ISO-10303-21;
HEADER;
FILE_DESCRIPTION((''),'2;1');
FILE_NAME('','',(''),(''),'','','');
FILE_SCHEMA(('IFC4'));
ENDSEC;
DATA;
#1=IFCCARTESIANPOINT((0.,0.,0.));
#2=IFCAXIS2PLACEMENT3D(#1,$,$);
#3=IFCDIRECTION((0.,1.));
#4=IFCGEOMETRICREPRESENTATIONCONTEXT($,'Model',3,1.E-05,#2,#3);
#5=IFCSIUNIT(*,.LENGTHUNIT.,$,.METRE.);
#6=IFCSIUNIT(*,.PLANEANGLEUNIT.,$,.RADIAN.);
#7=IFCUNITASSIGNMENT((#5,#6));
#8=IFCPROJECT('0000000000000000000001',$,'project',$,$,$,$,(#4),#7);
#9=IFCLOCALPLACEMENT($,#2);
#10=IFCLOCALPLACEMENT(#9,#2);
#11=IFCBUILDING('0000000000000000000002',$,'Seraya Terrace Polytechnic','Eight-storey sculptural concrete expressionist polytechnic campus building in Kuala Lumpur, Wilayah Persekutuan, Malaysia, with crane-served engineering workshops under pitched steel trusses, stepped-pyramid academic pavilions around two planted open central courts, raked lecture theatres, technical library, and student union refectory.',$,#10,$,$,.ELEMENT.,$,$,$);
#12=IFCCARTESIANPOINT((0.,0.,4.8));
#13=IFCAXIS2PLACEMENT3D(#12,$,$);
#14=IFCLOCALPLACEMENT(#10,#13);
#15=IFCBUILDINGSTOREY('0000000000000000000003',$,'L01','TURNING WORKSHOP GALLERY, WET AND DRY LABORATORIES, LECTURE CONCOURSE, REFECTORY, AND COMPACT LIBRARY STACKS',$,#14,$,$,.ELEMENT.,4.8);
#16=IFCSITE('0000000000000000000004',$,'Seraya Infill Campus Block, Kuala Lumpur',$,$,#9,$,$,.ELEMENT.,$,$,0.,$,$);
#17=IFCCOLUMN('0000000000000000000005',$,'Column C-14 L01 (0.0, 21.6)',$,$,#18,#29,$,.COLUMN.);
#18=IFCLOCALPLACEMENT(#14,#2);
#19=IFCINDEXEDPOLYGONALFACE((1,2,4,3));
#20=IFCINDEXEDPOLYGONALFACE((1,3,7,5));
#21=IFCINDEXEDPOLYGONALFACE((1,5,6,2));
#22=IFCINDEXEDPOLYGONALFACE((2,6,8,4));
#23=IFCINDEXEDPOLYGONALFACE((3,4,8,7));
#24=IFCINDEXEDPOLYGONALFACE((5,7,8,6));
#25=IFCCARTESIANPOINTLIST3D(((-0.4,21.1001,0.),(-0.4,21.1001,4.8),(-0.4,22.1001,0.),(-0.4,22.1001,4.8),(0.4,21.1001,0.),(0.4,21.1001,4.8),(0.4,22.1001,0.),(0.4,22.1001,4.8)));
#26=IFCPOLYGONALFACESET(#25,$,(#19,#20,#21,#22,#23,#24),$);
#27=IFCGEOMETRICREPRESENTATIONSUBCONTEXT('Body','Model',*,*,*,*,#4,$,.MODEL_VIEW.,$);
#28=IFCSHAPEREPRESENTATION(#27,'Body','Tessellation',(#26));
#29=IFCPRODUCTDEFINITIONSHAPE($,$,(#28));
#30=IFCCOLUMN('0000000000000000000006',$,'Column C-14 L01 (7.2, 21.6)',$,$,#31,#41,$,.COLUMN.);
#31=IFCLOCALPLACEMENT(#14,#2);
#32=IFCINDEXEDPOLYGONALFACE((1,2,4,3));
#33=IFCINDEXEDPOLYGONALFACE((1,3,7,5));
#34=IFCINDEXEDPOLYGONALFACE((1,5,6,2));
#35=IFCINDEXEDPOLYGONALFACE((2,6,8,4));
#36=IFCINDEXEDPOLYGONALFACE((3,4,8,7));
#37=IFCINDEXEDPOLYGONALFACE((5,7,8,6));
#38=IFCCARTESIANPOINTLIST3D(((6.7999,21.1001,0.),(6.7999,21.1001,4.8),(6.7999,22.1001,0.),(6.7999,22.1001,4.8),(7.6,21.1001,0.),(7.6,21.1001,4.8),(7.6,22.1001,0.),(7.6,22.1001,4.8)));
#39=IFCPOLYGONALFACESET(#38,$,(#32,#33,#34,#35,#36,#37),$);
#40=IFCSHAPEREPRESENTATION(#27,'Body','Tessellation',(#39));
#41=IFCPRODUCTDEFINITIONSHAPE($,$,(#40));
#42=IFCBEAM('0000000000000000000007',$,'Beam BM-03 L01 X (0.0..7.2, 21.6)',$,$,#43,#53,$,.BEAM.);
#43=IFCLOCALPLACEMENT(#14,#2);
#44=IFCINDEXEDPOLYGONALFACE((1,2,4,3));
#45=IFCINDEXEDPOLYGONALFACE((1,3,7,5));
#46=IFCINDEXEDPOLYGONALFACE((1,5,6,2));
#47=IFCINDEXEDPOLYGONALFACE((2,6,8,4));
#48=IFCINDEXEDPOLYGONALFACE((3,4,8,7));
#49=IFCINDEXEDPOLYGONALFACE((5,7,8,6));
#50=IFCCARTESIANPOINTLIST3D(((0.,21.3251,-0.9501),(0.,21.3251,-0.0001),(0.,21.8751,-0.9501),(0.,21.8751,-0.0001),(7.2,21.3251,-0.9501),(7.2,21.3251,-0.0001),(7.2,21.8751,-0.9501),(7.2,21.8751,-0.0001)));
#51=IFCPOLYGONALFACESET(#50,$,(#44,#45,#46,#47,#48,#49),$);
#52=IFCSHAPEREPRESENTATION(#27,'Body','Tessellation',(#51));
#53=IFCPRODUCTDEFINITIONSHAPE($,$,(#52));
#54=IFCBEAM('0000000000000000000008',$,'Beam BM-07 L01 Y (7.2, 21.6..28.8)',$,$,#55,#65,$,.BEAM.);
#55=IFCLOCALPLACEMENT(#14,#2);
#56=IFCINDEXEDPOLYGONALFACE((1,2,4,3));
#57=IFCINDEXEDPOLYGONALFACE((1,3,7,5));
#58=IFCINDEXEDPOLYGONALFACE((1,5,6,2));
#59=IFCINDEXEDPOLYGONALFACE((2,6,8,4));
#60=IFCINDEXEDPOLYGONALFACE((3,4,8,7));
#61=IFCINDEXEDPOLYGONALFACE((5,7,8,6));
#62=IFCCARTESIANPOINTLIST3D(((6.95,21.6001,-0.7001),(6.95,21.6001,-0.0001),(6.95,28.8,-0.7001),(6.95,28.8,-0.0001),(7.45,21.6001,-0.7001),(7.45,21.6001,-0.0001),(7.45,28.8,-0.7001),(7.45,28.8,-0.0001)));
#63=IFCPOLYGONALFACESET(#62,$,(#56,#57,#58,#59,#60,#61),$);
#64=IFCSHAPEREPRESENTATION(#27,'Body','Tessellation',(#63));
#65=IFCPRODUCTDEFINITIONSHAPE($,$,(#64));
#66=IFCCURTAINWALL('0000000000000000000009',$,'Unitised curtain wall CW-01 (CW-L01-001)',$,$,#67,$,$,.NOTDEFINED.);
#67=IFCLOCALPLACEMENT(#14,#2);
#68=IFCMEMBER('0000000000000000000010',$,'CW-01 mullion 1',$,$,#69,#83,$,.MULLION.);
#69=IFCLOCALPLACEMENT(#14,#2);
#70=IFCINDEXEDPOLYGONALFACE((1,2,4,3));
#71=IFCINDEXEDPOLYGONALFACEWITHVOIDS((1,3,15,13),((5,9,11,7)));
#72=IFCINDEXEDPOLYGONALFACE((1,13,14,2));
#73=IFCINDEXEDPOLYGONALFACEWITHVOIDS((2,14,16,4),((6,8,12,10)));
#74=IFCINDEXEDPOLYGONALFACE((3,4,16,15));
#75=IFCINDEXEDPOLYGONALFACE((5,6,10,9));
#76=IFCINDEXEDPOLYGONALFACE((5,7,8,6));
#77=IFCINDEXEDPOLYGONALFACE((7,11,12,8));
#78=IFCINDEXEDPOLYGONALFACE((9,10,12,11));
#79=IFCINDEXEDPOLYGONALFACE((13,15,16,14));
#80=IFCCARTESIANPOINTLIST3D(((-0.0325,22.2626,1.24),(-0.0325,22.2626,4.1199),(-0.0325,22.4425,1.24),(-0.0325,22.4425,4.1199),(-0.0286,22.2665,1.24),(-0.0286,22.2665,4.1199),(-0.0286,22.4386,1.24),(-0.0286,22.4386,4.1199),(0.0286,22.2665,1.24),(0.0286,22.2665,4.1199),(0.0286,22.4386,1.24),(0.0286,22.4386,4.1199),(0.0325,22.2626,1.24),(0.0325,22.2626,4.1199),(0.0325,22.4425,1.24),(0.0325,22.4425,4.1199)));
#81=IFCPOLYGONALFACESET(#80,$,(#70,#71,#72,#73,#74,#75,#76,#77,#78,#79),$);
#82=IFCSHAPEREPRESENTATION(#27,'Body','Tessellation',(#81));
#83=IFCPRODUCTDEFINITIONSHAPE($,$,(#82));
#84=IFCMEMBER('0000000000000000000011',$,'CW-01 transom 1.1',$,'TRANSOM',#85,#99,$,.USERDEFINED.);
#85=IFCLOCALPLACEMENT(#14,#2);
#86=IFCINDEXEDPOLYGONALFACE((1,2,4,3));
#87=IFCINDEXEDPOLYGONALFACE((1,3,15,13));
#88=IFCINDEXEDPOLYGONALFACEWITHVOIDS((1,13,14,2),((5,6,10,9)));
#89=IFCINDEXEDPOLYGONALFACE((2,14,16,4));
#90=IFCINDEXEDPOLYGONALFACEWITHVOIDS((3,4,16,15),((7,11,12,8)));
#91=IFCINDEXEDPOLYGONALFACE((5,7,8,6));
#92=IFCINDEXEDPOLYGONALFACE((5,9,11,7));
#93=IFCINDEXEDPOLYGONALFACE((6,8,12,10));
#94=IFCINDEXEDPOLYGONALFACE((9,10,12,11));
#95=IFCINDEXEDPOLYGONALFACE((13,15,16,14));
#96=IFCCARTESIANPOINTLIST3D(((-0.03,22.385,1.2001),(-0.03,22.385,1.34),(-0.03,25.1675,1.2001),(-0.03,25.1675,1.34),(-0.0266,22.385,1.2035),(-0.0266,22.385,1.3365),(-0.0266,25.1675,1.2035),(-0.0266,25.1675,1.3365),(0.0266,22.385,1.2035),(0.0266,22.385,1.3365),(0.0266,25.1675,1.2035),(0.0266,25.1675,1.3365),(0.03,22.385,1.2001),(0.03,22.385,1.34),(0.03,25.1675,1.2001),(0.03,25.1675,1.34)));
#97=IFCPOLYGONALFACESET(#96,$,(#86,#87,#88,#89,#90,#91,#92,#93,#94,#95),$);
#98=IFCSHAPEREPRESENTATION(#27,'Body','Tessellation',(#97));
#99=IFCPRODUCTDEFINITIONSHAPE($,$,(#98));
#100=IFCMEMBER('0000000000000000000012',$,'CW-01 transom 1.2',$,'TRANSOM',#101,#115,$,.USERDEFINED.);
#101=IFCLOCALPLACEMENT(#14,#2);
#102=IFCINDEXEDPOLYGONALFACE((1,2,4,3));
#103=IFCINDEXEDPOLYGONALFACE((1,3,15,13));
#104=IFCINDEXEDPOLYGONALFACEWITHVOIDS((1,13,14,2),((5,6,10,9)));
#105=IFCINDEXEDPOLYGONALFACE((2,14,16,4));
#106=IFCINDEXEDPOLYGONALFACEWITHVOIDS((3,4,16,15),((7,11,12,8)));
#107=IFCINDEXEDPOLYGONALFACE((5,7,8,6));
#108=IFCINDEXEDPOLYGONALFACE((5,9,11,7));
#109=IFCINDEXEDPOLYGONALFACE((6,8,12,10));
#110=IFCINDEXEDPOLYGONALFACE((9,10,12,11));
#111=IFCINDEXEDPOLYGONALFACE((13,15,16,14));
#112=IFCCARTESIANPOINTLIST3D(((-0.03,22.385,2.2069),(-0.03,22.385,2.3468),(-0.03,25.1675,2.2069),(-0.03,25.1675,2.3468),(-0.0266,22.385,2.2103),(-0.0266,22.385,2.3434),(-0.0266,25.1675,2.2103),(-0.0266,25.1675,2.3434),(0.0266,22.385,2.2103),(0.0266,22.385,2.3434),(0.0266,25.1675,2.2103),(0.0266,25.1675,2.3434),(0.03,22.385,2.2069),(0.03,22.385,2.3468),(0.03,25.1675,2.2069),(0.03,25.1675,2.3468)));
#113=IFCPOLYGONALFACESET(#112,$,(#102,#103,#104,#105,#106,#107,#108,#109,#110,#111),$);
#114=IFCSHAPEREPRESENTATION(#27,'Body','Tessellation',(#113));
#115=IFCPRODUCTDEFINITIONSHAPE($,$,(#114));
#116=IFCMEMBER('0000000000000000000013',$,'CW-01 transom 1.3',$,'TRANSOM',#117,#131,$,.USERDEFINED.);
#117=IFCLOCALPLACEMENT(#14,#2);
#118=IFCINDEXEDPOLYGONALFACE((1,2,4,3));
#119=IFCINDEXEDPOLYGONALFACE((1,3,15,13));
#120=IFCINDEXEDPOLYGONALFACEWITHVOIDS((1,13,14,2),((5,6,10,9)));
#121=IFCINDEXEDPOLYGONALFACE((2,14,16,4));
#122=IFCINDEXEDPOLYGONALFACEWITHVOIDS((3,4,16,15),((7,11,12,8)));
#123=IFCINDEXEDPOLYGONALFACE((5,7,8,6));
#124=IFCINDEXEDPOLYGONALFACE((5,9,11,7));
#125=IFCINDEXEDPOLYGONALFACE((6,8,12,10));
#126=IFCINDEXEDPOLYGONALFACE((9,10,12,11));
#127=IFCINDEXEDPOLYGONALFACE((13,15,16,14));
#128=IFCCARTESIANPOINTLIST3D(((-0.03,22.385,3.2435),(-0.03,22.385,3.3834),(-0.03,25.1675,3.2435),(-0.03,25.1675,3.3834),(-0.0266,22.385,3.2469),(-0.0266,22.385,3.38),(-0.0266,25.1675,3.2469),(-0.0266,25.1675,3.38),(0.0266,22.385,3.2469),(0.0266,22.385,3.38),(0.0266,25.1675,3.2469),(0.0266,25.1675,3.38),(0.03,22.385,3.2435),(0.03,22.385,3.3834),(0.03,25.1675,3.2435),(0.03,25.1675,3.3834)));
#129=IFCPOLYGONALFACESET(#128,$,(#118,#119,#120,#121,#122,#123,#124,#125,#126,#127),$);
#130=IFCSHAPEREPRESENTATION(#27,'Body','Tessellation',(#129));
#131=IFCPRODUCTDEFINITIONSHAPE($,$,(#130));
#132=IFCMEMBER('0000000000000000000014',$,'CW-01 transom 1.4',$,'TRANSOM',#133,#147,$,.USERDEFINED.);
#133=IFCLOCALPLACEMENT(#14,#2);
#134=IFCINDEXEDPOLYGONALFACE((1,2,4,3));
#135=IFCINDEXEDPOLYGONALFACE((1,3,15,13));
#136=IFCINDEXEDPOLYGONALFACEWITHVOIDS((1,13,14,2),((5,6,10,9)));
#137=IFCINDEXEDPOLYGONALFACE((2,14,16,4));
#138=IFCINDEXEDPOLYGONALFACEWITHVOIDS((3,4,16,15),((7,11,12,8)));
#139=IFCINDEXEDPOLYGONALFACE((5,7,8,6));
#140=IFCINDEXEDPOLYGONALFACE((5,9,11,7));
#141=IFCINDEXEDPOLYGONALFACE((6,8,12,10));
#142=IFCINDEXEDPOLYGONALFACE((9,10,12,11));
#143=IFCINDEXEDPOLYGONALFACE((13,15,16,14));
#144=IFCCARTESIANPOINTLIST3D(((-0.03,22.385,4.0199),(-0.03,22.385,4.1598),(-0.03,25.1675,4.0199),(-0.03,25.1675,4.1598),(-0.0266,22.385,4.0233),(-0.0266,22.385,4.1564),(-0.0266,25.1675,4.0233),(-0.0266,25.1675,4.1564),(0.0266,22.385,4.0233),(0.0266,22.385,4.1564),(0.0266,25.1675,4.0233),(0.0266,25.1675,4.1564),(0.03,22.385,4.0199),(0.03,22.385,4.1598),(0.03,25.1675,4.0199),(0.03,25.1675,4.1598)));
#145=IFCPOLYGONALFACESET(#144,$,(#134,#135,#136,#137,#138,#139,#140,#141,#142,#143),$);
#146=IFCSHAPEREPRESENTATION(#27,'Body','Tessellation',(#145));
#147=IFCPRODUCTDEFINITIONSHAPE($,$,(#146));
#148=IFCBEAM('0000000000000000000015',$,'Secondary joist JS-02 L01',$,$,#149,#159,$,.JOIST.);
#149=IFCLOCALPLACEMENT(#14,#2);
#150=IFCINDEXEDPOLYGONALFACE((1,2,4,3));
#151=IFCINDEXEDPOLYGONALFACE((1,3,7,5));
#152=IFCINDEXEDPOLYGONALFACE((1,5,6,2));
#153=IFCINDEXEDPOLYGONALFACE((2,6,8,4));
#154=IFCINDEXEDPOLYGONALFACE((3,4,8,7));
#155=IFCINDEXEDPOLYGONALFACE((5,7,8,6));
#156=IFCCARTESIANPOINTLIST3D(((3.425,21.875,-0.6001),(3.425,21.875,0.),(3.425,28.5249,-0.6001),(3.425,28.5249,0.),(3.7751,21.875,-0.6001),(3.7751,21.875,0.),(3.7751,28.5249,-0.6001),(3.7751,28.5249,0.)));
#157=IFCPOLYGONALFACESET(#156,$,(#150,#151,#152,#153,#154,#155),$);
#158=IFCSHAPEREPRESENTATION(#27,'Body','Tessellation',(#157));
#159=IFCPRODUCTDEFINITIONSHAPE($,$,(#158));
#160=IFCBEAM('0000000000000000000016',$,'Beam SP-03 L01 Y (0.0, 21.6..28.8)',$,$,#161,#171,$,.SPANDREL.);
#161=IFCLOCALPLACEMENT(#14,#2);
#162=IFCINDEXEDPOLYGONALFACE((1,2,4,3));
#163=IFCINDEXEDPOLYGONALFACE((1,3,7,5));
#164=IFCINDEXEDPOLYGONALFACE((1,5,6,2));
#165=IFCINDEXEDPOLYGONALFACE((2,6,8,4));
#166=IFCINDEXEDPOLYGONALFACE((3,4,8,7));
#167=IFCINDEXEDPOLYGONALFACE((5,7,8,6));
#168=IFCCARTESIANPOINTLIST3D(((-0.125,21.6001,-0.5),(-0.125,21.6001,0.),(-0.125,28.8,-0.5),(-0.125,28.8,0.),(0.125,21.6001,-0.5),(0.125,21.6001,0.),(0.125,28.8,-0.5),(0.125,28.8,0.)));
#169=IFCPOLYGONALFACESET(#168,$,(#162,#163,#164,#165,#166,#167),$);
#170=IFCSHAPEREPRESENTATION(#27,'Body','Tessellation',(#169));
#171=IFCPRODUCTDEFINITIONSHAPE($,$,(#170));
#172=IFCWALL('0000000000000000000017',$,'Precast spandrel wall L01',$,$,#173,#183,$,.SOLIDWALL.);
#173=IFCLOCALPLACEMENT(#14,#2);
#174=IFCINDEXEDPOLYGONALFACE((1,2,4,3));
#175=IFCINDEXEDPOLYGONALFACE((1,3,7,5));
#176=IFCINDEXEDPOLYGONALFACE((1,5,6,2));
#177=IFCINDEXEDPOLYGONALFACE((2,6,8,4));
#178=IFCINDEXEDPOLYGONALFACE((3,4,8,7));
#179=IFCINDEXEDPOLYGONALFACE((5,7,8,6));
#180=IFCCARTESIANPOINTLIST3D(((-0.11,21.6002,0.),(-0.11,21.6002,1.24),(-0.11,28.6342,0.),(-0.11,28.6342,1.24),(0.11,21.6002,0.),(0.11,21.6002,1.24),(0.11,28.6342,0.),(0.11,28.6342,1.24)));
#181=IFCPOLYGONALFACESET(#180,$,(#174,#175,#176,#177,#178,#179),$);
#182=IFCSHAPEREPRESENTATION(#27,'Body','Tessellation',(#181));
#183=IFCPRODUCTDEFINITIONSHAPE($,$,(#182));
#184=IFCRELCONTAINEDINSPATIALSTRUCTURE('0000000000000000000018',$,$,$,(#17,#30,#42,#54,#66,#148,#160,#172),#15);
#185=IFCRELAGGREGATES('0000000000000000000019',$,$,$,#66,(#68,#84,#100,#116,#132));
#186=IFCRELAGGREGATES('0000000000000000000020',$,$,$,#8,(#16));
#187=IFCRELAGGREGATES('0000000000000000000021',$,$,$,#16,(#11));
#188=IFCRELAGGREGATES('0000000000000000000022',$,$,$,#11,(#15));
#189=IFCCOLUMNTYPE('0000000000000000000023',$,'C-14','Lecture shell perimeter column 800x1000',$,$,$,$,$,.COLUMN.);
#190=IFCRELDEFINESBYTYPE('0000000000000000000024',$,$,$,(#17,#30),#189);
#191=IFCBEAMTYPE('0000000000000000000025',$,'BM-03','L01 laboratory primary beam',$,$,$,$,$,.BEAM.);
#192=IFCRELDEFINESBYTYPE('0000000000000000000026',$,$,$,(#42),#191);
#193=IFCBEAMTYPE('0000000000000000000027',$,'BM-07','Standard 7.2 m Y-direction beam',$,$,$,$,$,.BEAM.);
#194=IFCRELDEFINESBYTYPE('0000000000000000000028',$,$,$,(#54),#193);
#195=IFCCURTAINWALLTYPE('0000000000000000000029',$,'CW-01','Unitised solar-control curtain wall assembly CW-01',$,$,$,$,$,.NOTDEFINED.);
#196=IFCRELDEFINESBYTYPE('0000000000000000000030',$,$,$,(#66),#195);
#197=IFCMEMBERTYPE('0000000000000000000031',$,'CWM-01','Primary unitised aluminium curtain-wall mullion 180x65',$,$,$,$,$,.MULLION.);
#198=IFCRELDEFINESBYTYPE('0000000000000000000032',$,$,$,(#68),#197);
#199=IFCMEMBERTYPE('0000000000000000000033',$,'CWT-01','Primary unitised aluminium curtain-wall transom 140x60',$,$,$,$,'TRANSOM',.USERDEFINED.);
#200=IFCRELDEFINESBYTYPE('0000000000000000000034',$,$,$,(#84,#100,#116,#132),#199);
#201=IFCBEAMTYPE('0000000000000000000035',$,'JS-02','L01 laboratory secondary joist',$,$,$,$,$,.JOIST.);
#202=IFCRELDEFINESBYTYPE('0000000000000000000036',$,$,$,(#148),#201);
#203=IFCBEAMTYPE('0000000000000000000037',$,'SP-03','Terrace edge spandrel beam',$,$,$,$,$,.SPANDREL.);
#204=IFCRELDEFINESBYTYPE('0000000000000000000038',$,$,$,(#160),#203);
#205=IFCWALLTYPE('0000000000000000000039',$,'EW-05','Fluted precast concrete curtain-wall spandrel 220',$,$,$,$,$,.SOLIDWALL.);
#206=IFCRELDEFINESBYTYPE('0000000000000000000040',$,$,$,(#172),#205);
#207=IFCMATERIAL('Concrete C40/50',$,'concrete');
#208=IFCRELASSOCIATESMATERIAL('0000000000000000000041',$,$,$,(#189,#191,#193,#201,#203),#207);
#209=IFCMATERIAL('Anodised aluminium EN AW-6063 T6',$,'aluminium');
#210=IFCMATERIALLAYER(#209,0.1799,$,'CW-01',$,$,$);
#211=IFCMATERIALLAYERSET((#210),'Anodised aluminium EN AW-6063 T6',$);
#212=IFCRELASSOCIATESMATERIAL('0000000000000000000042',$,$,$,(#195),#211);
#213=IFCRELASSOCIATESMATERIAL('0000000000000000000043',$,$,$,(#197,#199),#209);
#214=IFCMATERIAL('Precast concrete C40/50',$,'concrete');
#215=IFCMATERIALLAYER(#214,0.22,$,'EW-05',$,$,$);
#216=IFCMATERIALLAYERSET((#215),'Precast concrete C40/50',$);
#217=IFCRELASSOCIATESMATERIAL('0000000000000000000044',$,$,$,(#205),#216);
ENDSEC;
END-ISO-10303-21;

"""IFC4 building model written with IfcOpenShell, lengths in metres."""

from ifc_helpers import new_model, si_unit, direction, frame, frame_2d, origin, origin_2d, place, context, subcontext, project, spatial, rectangle, hollow_rectangle, extrude, material, layer, layer_set, material_profile, profile_set, type_object, element, aggregate, save


model = new_model("IFC4")

# Units and contexts
model_context = context("Model", 3, precision=1e-05, world=origin(), true_north=direction((0.0, 1.0)))
body_context = subcontext(model_context, "Body", "Model", "MODEL_VIEW")
ifc_project = project(units=[si_unit("LENGTHUNIT", "METRE"), si_unit("PLANEANGLEUNIT", "RADIAN")], contexts=[model_context])

# Site, building, storey
site_placement = place(None, origin())
site = spatial("IfcSite", under=ifc_project, at=site_placement, Name="Seraya Infill Campus Block, Kuala Lumpur", CompositionType="ELEMENT", RefElevation=0.0)
building_placement = place(site_placement, origin())
building = spatial("IfcBuilding", under=site, at=building_placement, Name="Seraya Terrace Polytechnic", Description="Eight-storey sculptural concrete expressionist polytechnic campus building in Kuala Lumpur, Wilayah Persekutuan, Malaysia, with crane-served engineering workshops under pitched steel trusses, stepped-pyramid academic pavilions around two planted open central courts, raked lecture theatres, technical library, and student union refectory.", CompositionType="ELEMENT")
storey_placement = place(building_placement, frame((0.0, 0.0, 4.8)))
storey = spatial("IfcBuildingStorey", under=building, at=storey_placement, Name="L01", Description="TURNING WORKSHOP GALLERY, WET AND DRY LABORATORIES, LECTURE CONCOURSE, REFECTORY, AND COMPACT LIBRARY STACKS", CompositionType="ELEMENT", Elevation=4.8)

# Columns
ifc_material_1 = material(Name="Concrete C40/50", Category="concrete")
ifc_material_profile_1 = material_profile(ifc_material_1, rectangle(XDim=0.8, YDim=1.0, at=origin_2d()), Name="RC 800x1000")
ifc_profile_set_1 = profile_set([ifc_material_profile_1], Name="Concrete C40/50")
column_type = type_object("IfcColumnType", Name="C-14", Description="Lecture shell perimeter column 800x1000", PredefinedType="COLUMN", material=ifc_profile_set_1)
for number, where, z_axis, x_axis, name in (
    (1, (0.0, 21.6001, 0.0), (0.0, 0.0, 1.0), (1.0, 0.0, 0.0), "Column C-14 L01 (0.0, 21.6)"),
    (2, (7.2, 21.6001, 0.0), (0.0, 0.0, 1.0), (1.0, 0.0, 0.0), "Column C-14 L01 (7.2, 21.6)"),
):
    element("IfcColumn", number, at=place(storey_placement, frame(where, z_axis=z_axis, x_axis=x_axis)), inside=storey, type_object=column_type, Name=name, PredefinedType="COLUMN", context=body_context, shape_type="SweptSolid", body=[
        extrude(rectangle(XDim=0.8, YDim=1.0, at=origin_2d()), origin(), (0.0, 0.0, 1.0), 4.8),
    ])

# Beams
ifc_material_profile_2 = material_profile(ifc_material_1, rectangle(XDim=0.55, YDim=0.95, at=origin_2d()), Name="RC 550x950")
ifc_profile_set_2 = profile_set([ifc_material_profile_2], Name="Concrete C40/50")
beam_type_1 = type_object("IfcBeamType", Name="BM-03", Description="L01 laboratory primary beam", PredefinedType="BEAM", material=ifc_profile_set_2)
beam_1_placement = place(storey_placement, frame((0.0, 21.6001, -0.4751), z_axis=(1.0, 0.0, 0.0), x_axis=(0.0, 1.0, 0.0)))
element("IfcBeam", 3, at=beam_1_placement, inside=storey, type_object=beam_type_1, Name="Beam BM-03 L01 X (0.0..7.2, 21.6)", PredefinedType="BEAM", context=body_context, shape_type="SweptSolid", body=[
    extrude(rectangle(XDim=0.55, YDim=0.95, at=origin_2d()), origin(), (0.0, 0.0, 1.0), 7.2),
])
ifc_material_profile_3 = material_profile(ifc_material_1, rectangle(XDim=0.5, YDim=0.7, at=origin_2d()), Name="RC 500x700")
ifc_profile_set_3 = profile_set([ifc_material_profile_3], Name="Concrete C40/50")
beam_type_2 = type_object("IfcBeamType", Name="BM-07", Description="Standard 7.2 m Y-direction beam", PredefinedType="BEAM", material=ifc_profile_set_3)
beam_2_placement = place(storey_placement, frame((7.2, 21.6001, -0.3501), z_axis=(0.0, 1.0, 0.0), x_axis=(-1.0, 0.0, 0.0)))
element("IfcBeam", 4, at=beam_2_placement, inside=storey, type_object=beam_type_2, Name="Beam BM-07 L01 Y (7.2, 21.6..28.8)", PredefinedType="BEAM", context=body_context, shape_type="SweptSolid", body=[
    extrude(rectangle(XDim=0.5, YDim=0.7, at=origin_2d()), origin(), (0.0, 0.0, 1.0), 7.2),
])

# Curtain wall, members
ifc_material_2 = material(Name="Anodised aluminium EN AW-6063 T6", Category="aluminium")
ifc_layer_1 = layer(ifc_material_2, 0.1799, Name="CW-01")
ifc_layer_set_1 = layer_set([ifc_layer_1], Name="Anodised aluminium EN AW-6063 T6")
curtain_wall_type = type_object("IfcCurtainWallType", Name="CW-01", Description="Unitised solar-control curtain wall assembly CW-01", PredefinedType="NOTDEFINED", material=ifc_layer_set_1)
curtain_wall_placement = place(storey_placement, origin())
curtain_wall = element("IfcCurtainWall", 5, at=curtain_wall_placement, inside=storey, type_object=curtain_wall_type, Name="Unitised curtain wall CW-01 (CW-L01-001)", PredefinedType="NOTDEFINED")
ifc_material_profile_4 = material_profile(ifc_material_2, hollow_rectangle(XDim=0.0649, YDim=0.1799, WallThickness=0.0039, at=origin_2d()), Name="RHS 180x65x4.0")
ifc_profile_set_4 = profile_set([ifc_material_profile_4], Name="Anodised aluminium EN AW-6063 T6")
member_type_1 = type_object("IfcMemberType", Name="CWM-01", Description="Primary unitised aluminium curtain-wall mullion 180x65", PredefinedType="MULLION", material=ifc_profile_set_4)
member_1_placement = place(storey_placement, frame((0.0, 22.3525, 1.24), z_axis=(0.0, 0.0, 1.0), x_axis=(-1.0, 0.0, 0.0)))
member_1 = element("IfcMember", 6, at=member_1_placement, type_object=member_type_1, Name="CW-01 mullion 1", PredefinedType="MULLION", context=body_context, shape_type="SweptSolid", body=[
    extrude(hollow_rectangle(XDim=0.0649, YDim=0.1799, WallThickness=0.0039, at=origin_2d()), origin(), (0.0, 0.0, 1.0), 2.8799),
])
ifc_material_profile_5 = material_profile(ifc_material_2, hollow_rectangle(XDim=0.0601, YDim=0.1399, WallThickness=0.0034, at=origin_2d()), Name="RHS 140x60x3.5")
ifc_profile_set_5 = profile_set([ifc_material_profile_5], Name="Anodised aluminium EN AW-6063 T6")
member_type_2 = type_object("IfcMemberType", Name="CWT-01", Description="Primary unitised aluminium curtain-wall transom 140x60", ElementType="TRANSOM", PredefinedType="USERDEFINED", material=ifc_profile_set_5)
member_2_placement = place(storey_placement, frame((0.0, 22.385, 1.27), z_axis=(0.0, 1.0, 0.0), x_axis=(-1.0, 0.0, 0.0)))
member_2 = element("IfcMember", 7, at=member_2_placement, type_object=member_type_2, Name="CW-01 transom 1.1", ObjectType="TRANSOM", PredefinedType="USERDEFINED", context=body_context, shape_type="SweptSolid", body=[
    extrude(hollow_rectangle(XDim=0.0601, YDim=0.1399, WallThickness=0.0034, at=origin_2d()), origin(), (0.0, 0.0, 1.0), 2.7825),
])
member_3_placement = place(storey_placement, frame((0.0, 22.385, 2.2769), z_axis=(0.0, 1.0, 0.0), x_axis=(-1.0, 0.0, 0.0)))
member_3 = element("IfcMember", 8, at=member_3_placement, type_object=member_type_2, Name="CW-01 transom 1.2", ObjectType="TRANSOM", PredefinedType="USERDEFINED", context=body_context, shape_type="SweptSolid", body=[
    extrude(hollow_rectangle(XDim=0.0601, YDim=0.1399, WallThickness=0.0034, at=origin_2d()), origin(), (0.0, 0.0, 1.0), 2.7825),
])
member_4_placement = place(storey_placement, frame((0.0, 22.385, 3.3135), z_axis=(0.0, 1.0, 0.0), x_axis=(-1.0, 0.0, 0.0)))
member_4 = element("IfcMember", 9, at=member_4_placement, type_object=member_type_2, Name="CW-01 transom 1.3", ObjectType="TRANSOM", PredefinedType="USERDEFINED", context=body_context, shape_type="SweptSolid", body=[
    extrude(hollow_rectangle(XDim=0.0601, YDim=0.1399, WallThickness=0.0034, at=origin_2d()), origin(), (0.0, 0.0, 1.0), 2.7825),
])
member_5_placement = place(storey_placement, frame((0.0, 22.385, 4.0898), z_axis=(0.0, 1.0, 0.0), x_axis=(-1.0, 0.0, 0.0)))
member_5 = element("IfcMember", 10, at=member_5_placement, type_object=member_type_2, Name="CW-01 transom 1.4", ObjectType="TRANSOM", PredefinedType="USERDEFINED", context=body_context, shape_type="SweptSolid", body=[
    extrude(hollow_rectangle(XDim=0.0601, YDim=0.1399, WallThickness=0.0034, at=origin_2d()), origin(), (0.0, 0.0, 1.0), 2.7825),
])
aggregate(curtain_wall, [member_1, member_2, member_3, member_4, member_5])

# Beams
ifc_material_profile_6 = material_profile(ifc_material_1, rectangle(XDim=0.3501, YDim=0.6001, at=origin_2d()), Name="RC 350x600")
ifc_profile_set_6 = profile_set([ifc_material_profile_6], Name="Concrete C40/50")
beam_type_3 = type_object("IfcBeamType", Name="JS-02", Description="L01 laboratory secondary joist", PredefinedType="JOIST", material=ifc_profile_set_6)
beam_3_placement = place(storey_placement, frame((3.6001, 21.875, -0.3), z_axis=(0.0, 1.0, 0.0), x_axis=(-1.0, 0.0, 0.0)))
element("IfcBeam", 11, at=beam_3_placement, inside=storey, type_object=beam_type_3, Name="Secondary joist JS-02 L01", PredefinedType="JOIST", context=body_context, shape_type="SweptSolid", body=[
    extrude(rectangle(XDim=0.3501, YDim=0.6001, at=origin_2d()), origin(), (0.0, 0.0, 1.0), 6.6499),
])
ifc_material_profile_7 = material_profile(ifc_material_1, rectangle(XDim=0.25, YDim=0.5, at=origin_2d()), Name="RC 250x500")
ifc_profile_set_7 = profile_set([ifc_material_profile_7], Name="Concrete C40/50")
beam_type_4 = type_object("IfcBeamType", Name="SP-03", Description="Terrace edge spandrel beam", PredefinedType="SPANDREL", material=ifc_profile_set_7)
beam_4_placement = place(storey_placement, frame((0.0, 21.6001, -0.25), z_axis=(0.0, 1.0, 0.0), x_axis=(-1.0, 0.0, 0.0)))
element("IfcBeam", 12, at=beam_4_placement, inside=storey, type_object=beam_type_4, Name="Beam SP-03 L01 Y (0.0, 21.6..28.8)", PredefinedType="SPANDREL", context=body_context, shape_type="SweptSolid", body=[
    extrude(rectangle(XDim=0.25, YDim=0.5, at=origin_2d()), origin(), (0.0, 0.0, 1.0), 7.2),
])

# Wall
ifc_material_3 = material(Name="Precast concrete C40/50", Category="concrete")
ifc_layer_2 = layer(ifc_material_3, 0.22, Name="EW-05")
ifc_layer_set_2 = layer_set([ifc_layer_2], Name="Precast concrete C40/50")
wall_type_1 = type_object("IfcWallType", Name="EW-05", Description="Fluted precast concrete curtain-wall spandrel 220", PredefinedType="SOLIDWALL", material=ifc_layer_set_2)
wall_1_placement = place(storey_placement, frame((0.0, 21.6001, 0.0), z_axis=(0.0, 0.0, 1.0), x_axis=(0.0, 1.0, 0.0)))
element("IfcWall", 13, at=wall_1_placement, inside=storey, type_object=wall_type_1, Name="Precast spandrel wall L01", PredefinedType="SOLIDWALL", context=body_context, shape_type="SweptSolid", body=[
    extrude(rectangle(XDim=7.0339, YDim=0.22, at=frame_2d((3.5171, 0.0))), origin(), (0.0, 0.0, 1.0), 1.24),
])

save(model, "model.ifc")
